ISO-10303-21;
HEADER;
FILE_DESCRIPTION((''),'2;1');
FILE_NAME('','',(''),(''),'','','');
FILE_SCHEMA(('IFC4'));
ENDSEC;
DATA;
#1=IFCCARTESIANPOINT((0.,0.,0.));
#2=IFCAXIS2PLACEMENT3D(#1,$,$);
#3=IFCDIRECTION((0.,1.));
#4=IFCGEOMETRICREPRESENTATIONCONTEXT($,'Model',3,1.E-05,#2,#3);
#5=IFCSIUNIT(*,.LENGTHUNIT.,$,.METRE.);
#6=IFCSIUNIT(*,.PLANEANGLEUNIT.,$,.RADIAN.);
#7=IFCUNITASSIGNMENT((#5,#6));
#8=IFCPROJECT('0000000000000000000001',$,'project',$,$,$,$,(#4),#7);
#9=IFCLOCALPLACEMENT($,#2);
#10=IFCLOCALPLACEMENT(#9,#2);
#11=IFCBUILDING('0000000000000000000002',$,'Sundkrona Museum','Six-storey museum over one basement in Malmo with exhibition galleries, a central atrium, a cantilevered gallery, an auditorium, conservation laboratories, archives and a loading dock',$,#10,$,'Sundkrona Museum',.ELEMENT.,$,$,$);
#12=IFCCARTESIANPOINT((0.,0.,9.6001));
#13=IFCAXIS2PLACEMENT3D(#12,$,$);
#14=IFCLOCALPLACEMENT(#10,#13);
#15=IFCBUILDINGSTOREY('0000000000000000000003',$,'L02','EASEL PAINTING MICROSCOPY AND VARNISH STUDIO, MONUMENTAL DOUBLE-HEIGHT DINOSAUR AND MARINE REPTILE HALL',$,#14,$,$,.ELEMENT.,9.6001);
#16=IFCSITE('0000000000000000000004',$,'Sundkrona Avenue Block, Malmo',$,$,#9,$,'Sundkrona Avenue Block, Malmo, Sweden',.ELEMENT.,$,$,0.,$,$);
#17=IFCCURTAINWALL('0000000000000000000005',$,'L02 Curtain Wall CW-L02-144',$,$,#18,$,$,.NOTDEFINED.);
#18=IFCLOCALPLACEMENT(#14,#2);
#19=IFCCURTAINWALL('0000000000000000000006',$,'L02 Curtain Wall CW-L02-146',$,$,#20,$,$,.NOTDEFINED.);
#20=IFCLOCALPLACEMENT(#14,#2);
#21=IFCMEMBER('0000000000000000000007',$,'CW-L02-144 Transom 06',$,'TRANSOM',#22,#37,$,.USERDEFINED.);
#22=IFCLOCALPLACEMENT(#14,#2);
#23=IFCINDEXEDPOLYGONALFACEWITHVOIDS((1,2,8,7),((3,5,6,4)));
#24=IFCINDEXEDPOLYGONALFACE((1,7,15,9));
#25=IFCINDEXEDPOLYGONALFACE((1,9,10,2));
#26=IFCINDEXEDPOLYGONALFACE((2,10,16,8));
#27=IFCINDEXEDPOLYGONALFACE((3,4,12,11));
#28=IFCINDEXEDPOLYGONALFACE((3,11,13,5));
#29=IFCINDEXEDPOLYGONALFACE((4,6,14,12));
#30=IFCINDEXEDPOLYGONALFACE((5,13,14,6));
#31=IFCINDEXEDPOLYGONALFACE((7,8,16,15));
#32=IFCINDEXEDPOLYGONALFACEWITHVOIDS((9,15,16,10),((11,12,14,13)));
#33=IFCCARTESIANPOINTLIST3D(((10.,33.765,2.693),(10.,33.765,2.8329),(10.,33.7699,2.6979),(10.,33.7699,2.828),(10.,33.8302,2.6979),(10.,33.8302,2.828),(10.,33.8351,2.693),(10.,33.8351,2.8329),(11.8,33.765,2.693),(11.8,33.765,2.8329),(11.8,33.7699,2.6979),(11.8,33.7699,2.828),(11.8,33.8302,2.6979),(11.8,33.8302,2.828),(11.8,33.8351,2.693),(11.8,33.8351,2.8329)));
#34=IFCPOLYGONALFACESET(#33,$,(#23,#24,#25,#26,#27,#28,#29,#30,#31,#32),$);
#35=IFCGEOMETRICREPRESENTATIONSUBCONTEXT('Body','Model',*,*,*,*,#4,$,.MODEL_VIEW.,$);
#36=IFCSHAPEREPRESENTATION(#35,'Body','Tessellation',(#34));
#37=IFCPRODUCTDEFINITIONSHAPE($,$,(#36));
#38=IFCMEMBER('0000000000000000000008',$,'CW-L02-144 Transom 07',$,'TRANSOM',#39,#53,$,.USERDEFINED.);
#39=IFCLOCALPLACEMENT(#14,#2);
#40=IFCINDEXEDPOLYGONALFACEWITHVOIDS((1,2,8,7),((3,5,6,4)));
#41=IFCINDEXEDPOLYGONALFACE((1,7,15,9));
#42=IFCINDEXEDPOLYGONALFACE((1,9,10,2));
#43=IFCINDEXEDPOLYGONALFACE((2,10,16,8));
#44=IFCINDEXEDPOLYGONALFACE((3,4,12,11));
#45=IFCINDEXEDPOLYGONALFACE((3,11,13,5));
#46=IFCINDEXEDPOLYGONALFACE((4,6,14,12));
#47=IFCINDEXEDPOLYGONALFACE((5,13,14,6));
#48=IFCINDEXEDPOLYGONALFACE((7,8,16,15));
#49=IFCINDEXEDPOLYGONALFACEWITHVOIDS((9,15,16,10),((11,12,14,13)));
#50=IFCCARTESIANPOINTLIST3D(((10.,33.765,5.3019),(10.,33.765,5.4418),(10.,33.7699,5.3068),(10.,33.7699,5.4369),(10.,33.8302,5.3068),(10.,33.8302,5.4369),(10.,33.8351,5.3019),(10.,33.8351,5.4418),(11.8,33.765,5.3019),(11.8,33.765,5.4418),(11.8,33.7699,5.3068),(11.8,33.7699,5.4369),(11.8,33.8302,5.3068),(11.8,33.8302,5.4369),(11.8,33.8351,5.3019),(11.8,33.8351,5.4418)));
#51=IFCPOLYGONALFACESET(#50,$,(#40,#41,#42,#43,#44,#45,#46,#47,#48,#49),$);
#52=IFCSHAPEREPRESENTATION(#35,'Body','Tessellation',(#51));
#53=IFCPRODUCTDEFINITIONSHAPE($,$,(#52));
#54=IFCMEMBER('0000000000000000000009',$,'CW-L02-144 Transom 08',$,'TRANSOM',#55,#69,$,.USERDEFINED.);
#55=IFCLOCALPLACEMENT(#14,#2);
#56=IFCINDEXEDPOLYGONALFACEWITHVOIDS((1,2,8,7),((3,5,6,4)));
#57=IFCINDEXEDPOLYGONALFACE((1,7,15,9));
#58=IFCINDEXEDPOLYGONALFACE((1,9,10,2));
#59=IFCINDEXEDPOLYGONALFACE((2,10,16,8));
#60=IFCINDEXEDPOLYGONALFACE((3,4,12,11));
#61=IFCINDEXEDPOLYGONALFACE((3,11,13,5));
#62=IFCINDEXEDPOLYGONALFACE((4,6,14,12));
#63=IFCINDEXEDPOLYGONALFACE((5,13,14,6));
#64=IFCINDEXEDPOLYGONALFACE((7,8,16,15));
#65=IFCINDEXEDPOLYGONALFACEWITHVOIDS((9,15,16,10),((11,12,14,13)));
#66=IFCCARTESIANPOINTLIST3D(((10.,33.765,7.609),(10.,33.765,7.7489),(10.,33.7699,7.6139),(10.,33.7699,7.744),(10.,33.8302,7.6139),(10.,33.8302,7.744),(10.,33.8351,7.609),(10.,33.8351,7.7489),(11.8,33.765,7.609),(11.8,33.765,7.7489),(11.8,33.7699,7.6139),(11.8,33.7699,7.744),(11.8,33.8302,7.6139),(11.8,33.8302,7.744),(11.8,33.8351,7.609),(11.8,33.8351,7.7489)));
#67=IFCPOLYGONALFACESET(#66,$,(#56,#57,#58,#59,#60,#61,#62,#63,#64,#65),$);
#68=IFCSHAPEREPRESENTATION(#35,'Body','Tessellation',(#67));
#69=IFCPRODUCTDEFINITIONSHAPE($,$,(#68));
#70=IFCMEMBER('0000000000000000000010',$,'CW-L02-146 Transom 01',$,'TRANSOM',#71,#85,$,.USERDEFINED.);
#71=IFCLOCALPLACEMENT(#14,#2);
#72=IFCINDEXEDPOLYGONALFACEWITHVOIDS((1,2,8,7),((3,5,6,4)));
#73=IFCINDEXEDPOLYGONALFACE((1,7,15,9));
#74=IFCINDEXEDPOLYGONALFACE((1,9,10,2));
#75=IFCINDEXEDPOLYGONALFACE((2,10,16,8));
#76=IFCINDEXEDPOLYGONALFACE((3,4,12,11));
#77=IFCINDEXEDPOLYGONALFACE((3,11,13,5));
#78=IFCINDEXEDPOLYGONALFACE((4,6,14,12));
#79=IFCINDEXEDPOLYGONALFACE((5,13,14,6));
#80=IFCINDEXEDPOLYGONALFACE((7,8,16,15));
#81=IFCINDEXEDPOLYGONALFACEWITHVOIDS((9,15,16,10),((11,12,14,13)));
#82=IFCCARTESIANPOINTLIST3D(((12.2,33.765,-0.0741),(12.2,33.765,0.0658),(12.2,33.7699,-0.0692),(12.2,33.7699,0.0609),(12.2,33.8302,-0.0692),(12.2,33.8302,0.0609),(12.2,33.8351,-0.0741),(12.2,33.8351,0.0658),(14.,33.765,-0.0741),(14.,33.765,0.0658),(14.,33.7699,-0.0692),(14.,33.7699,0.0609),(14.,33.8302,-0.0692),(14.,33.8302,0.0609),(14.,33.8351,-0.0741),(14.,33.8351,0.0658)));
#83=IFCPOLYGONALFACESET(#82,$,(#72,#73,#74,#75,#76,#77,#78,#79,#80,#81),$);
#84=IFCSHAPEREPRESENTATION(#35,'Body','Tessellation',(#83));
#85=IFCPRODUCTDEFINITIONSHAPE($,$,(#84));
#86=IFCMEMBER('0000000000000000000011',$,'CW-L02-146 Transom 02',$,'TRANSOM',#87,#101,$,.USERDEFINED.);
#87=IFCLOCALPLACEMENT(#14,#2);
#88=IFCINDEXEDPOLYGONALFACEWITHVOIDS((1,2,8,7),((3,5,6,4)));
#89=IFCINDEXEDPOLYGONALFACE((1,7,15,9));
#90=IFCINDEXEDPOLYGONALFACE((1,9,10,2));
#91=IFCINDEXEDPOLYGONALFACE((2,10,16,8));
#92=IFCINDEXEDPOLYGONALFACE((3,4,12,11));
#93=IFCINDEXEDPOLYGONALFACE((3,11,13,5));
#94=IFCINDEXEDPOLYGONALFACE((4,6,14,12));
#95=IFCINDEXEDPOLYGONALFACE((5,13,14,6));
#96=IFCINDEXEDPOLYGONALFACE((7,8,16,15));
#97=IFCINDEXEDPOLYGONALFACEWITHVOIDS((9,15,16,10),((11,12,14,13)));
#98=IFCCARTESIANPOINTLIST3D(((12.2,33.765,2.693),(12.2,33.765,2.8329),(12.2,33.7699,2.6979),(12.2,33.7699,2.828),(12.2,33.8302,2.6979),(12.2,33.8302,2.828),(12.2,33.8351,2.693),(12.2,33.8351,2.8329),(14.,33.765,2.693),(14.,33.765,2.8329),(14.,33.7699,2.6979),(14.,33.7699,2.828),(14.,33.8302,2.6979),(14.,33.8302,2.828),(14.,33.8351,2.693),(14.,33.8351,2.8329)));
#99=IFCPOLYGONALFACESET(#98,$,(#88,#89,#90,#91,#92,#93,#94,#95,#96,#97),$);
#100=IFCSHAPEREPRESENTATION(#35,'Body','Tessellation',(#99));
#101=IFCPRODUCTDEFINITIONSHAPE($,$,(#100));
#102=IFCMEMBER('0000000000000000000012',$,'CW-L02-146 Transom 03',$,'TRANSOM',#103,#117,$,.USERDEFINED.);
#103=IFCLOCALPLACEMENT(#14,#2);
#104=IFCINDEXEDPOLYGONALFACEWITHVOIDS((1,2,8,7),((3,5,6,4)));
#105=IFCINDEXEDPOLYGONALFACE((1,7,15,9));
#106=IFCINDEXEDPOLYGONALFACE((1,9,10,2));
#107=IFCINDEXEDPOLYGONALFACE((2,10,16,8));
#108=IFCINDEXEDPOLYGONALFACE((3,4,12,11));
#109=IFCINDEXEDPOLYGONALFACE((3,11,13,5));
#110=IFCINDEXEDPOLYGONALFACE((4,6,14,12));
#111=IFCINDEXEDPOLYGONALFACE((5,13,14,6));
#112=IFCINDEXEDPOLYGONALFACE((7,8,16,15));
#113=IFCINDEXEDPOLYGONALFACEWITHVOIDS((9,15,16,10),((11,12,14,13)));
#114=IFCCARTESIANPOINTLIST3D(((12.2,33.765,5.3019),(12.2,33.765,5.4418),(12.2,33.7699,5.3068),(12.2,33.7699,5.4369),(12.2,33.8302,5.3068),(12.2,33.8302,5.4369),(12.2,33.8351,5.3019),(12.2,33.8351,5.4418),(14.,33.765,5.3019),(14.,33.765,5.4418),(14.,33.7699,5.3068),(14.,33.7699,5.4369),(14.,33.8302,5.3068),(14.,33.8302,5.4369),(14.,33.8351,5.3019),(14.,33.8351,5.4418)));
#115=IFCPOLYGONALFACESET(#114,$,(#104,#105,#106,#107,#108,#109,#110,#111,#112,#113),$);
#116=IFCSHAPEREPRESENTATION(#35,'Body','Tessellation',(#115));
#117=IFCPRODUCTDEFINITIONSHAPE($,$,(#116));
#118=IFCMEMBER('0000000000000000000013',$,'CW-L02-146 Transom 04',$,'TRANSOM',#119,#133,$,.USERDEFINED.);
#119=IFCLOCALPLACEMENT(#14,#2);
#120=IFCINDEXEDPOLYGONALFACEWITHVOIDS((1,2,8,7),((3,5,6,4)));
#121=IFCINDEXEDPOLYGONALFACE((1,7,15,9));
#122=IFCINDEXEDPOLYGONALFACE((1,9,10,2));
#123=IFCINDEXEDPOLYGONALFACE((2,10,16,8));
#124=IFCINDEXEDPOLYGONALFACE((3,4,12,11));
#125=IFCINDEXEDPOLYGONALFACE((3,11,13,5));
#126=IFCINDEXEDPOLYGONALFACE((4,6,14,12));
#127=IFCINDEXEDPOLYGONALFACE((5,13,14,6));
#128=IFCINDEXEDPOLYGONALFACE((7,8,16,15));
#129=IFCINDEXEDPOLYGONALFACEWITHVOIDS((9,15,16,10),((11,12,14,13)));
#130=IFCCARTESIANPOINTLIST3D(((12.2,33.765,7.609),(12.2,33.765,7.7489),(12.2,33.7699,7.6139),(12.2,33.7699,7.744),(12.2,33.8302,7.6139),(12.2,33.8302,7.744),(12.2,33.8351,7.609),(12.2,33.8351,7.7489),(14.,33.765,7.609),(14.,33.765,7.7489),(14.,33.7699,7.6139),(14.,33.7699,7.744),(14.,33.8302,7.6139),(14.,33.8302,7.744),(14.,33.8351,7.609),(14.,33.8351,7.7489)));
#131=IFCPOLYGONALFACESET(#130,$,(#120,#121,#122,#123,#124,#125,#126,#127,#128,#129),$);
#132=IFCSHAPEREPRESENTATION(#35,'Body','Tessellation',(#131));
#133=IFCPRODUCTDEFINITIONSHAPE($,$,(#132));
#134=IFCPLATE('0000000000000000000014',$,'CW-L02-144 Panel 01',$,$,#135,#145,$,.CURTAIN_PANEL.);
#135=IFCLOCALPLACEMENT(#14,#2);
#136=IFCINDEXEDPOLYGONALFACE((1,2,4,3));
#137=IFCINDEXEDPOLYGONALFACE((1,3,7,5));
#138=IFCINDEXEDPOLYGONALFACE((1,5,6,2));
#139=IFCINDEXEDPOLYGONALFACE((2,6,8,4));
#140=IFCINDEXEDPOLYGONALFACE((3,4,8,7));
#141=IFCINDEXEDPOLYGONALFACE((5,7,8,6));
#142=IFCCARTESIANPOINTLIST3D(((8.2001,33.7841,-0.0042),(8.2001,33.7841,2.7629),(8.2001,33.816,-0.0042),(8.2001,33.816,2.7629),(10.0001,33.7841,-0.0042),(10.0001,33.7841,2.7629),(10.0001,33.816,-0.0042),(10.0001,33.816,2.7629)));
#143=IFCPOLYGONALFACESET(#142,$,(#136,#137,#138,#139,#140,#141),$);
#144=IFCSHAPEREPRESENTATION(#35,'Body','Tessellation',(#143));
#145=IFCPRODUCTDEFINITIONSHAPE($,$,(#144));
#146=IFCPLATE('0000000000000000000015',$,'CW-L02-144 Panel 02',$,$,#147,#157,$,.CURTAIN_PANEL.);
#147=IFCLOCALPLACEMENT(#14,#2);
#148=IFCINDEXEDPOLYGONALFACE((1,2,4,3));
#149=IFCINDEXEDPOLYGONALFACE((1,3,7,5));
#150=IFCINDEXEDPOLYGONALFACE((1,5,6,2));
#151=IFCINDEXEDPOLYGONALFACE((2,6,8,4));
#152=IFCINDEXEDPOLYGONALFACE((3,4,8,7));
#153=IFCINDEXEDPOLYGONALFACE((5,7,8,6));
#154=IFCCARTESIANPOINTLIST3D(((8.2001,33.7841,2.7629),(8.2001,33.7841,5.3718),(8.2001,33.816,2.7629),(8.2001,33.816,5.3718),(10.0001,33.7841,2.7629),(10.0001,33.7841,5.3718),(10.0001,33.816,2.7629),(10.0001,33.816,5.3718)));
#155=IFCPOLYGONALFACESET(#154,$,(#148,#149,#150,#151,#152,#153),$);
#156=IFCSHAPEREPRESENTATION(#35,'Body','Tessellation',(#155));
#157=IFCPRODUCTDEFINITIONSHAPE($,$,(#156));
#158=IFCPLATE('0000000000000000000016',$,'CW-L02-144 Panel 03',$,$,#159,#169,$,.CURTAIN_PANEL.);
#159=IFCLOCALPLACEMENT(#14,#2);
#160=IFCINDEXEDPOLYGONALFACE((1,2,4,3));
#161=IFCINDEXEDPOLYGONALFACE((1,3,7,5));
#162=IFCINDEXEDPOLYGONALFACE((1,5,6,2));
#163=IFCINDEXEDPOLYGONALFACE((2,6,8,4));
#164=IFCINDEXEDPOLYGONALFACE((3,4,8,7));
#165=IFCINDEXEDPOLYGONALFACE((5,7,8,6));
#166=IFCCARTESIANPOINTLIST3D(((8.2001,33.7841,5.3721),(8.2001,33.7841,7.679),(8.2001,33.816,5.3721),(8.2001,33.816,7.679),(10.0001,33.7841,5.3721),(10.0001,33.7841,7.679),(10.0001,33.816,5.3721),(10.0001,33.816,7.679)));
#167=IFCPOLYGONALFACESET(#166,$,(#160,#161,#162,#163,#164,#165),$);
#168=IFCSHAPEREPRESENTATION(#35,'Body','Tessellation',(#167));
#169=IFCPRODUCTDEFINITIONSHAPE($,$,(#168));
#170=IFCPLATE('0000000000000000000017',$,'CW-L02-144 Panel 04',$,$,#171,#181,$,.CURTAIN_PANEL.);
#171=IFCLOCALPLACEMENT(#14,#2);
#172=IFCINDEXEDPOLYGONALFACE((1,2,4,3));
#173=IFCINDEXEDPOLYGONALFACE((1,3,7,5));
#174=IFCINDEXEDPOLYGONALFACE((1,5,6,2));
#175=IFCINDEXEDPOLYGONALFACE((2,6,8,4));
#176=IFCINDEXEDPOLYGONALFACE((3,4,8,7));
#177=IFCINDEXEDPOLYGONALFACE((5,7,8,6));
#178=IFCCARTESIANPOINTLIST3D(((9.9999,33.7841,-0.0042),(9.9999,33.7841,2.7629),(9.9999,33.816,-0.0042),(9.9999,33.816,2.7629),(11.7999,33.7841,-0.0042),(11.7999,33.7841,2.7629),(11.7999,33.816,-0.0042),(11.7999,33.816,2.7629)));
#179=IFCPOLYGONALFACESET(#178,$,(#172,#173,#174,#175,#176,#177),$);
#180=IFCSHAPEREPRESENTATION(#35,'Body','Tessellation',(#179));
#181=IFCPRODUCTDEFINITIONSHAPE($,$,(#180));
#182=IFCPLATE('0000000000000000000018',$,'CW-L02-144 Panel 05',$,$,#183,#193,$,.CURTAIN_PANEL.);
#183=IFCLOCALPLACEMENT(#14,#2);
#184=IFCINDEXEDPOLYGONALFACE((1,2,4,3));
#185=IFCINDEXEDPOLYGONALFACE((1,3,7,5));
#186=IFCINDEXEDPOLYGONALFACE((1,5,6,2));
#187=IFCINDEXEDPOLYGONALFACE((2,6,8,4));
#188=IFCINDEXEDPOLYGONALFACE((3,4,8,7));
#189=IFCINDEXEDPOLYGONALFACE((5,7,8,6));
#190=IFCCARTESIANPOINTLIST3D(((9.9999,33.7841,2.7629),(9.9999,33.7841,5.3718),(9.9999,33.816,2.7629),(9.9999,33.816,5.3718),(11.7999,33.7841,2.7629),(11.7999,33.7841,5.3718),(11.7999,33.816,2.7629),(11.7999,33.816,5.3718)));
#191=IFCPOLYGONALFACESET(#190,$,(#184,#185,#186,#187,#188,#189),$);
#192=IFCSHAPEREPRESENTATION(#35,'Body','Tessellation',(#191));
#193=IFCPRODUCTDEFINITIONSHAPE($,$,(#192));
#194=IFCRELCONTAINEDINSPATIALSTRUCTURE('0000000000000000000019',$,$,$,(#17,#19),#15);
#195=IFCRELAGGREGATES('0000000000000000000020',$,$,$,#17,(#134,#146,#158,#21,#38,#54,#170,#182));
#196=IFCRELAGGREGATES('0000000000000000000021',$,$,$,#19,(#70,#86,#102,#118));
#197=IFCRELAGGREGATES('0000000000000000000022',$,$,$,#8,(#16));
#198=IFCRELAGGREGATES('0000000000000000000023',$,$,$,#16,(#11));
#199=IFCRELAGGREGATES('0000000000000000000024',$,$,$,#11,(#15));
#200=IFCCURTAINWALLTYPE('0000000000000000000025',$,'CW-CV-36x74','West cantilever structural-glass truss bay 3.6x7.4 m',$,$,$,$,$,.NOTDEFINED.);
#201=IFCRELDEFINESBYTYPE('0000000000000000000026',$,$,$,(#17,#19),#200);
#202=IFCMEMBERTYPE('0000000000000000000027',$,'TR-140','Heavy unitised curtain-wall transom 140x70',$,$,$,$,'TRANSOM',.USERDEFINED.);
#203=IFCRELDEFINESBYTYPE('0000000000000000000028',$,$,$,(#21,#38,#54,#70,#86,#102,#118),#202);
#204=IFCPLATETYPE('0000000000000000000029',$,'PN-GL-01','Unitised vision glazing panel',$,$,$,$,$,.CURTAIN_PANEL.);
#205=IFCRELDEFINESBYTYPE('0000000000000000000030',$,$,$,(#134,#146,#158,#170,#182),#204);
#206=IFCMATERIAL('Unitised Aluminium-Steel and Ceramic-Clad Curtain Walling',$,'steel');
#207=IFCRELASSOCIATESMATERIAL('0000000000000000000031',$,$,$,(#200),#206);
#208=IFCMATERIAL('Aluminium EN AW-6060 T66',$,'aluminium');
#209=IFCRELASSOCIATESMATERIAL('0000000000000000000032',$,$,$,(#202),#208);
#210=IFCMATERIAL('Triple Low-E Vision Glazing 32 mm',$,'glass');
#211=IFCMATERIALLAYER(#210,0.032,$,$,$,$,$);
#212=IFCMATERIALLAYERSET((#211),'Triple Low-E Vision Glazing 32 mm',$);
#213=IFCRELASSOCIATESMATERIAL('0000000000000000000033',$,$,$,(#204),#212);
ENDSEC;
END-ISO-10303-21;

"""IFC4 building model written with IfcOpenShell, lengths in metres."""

from ifc_helpers import new_model, si_unit, direction, frame, origin, origin_2d, place, context, subcontext, project, spatial, rectangle, hollow_rectangle, extrude, material, layer, layer_set, material_profile, profile_set, type_object, element, aggregate, save


model = new_model("IFC4")

# Units and contexts
model_context = context("Model", 3, precision=1e-05, world=origin(), true_north=direction((0.0, 1.0)))
body_context = subcontext(model_context, "Body", "Model", "MODEL_VIEW")
ifc_project = project(units=[si_unit("LENGTHUNIT", "METRE"), si_unit("PLANEANGLEUNIT", "RADIAN")], contexts=[model_context])

# Site, building, storey
site_placement = place(None, origin())
site = spatial("IfcSite", under=ifc_project, at=site_placement, Name="Sundkrona Avenue Block, Malmo", LongName="Sundkrona Avenue Block, Malmo, Sweden", CompositionType="ELEMENT", RefElevation=0.0)
building_placement = place(site_placement, origin())
building = spatial("IfcBuilding", under=site, at=building_placement, Name="Sundkrona Museum", Description="Six-storey museum over one basement in Malmo with exhibition galleries, a central atrium, a cantilevered gallery, an auditorium, conservation laboratories, archives and a loading dock", LongName="Sundkrona Museum", CompositionType="ELEMENT")
storey_placement = place(building_placement, frame((0.0, 0.0, 9.6001)))
storey = spatial("IfcBuildingStorey", under=building, at=storey_placement, Name="L02", Description="EASEL PAINTING MICROSCOPY AND VARNISH STUDIO, MONUMENTAL DOUBLE-HEIGHT DINOSAUR AND MARINE REPTILE HALL", CompositionType="ELEMENT", Elevation=9.6001)

# Curtain wall
ifc_material_1 = material(Name="Unitised Aluminium-Steel and Ceramic-Clad Curtain Walling", Category="steel")
curtain_wall_type = type_object("IfcCurtainWallType", Name="CW-CV-36x74", Description="West cantilever structural-glass truss bay 3.6x7.4 m", PredefinedType="NOTDEFINED", material=ifc_material_1)
curtain_wall_1_placement = place(storey_placement, origin())
curtain_wall_1 = element("IfcCurtainWall", 1, at=curtain_wall_1_placement, inside=storey, type_object=curtain_wall_type, Name="L02 Curtain Wall CW-L02-144", PredefinedType="NOTDEFINED")
ifc_material_2 = material(Name="Aluminium EN AW-6060 T66", Category="aluminium")

# Curtain wall
curtain_wall_2_placement = place(storey_placement, origin())
curtain_wall_2 = element("IfcCurtainWall", 2, at=curtain_wall_2_placement, inside=storey, type_object=curtain_wall_type, Name="L02 Curtain Wall CW-L02-146", PredefinedType="NOTDEFINED")

# Members
ifc_material_profile_1 = material_profile(ifc_material_2, hollow_rectangle(XDim=0.0701, YDim=0.1399, WallThickness=0.0049, at=origin_2d()), Name="RHS 140x70x5.0")
ifc_profile_set_1 = profile_set([ifc_material_profile_1], Name="Aluminium EN AW-6060 T66")
member_type_1 = type_object("IfcMemberType", Name="TR-140", Description="Heavy unitised curtain-wall transom 140x70", ElementType="TRANSOM", PredefinedType="USERDEFINED", material=ifc_profile_set_1)
member_1_placement = place(storey_placement, frame((10.0, 33.8, 2.7629), z_axis=(1.0, 0.0, 0.0), x_axis=(0.0, 1.0, 0.0)))
member_1 = element("IfcMember", 3, at=member_1_placement, type_object=member_type_1, Name="CW-L02-144 Transom 06", ObjectType="TRANSOM", PredefinedType="USERDEFINED", context=body_context, shape_type="SweptSolid", body=[
    extrude(hollow_rectangle(XDim=0.0701, YDim=0.1399, WallThickness=0.0049, at=origin_2d()), origin(), (0.0, 0.0, 1.0), 1.8),
])
member_2_placement = place(storey_placement, frame((10.0, 33.8, 5.3718), z_axis=(1.0, 0.0, 0.0), x_axis=(0.0, 1.0, 0.0)))
member_2 = element("IfcMember", 4, at=member_2_placement, type_object=member_type_1, Name="CW-L02-144 Transom 07", ObjectType="TRANSOM", PredefinedType="USERDEFINED", context=body_context, shape_type="SweptSolid", body=[
    extrude(hollow_rectangle(XDim=0.0701, YDim=0.1399, WallThickness=0.0049, at=origin_2d()), origin(), (0.0, 0.0, 1.0), 1.8),
])
member_3_placement = place(storey_placement, frame((10.0, 33.8, 7.679), z_axis=(1.0, 0.0, 0.0), x_axis=(0.0, 1.0, 0.0)))
member_3 = element("IfcMember", 5, at=member_3_placement, type_object=member_type_1, Name="CW-L02-144 Transom 08", ObjectType="TRANSOM", PredefinedType="USERDEFINED", context=body_context, shape_type="SweptSolid", body=[
    extrude(hollow_rectangle(XDim=0.0701, YDim=0.1399, WallThickness=0.0049, at=origin_2d()), origin(), (0.0, 0.0, 1.0), 1.8),
])
member_4_placement = place(storey_placement, frame((12.2, 33.8, -0.0042), z_axis=(1.0, 0.0, 0.0), x_axis=(0.0, 1.0, 0.0)))
member_4 = element("IfcMember", 6, at=member_4_placement, type_object=member_type_1, Name="CW-L02-146 Transom 01", ObjectType="TRANSOM", PredefinedType="USERDEFINED", context=body_context, shape_type="SweptSolid", body=[
    extrude(hollow_rectangle(XDim=0.0701, YDim=0.1399, WallThickness=0.0049, at=origin_2d()), origin(), (0.0, 0.0, 1.0), 1.8),
])
member_5_placement = place(storey_placement, frame((12.2, 33.8, 2.7629), z_axis=(1.0, 0.0, 0.0), x_axis=(0.0, 1.0, 0.0)))
member_5 = element("IfcMember", 7, at=member_5_placement, type_object=member_type_1, Name="CW-L02-146 Transom 02", ObjectType="TRANSOM", PredefinedType="USERDEFINED", context=body_context, shape_type="SweptSolid", body=[
    extrude(hollow_rectangle(XDim=0.0701, YDim=0.1399, WallThickness=0.0049, at=origin_2d()), origin(), (0.0, 0.0, 1.0), 1.8),
])
member_6_placement = place(storey_placement, frame((12.2, 33.8, 5.3718), z_axis=(1.0, 0.0, 0.0), x_axis=(0.0, 1.0, 0.0)))
member_6 = element("IfcMember", 8, at=member_6_placement, type_object=member_type_1, Name="CW-L02-146 Transom 03", ObjectType="TRANSOM", PredefinedType="USERDEFINED", context=body_context, shape_type="SweptSolid", body=[
    extrude(hollow_rectangle(XDim=0.0701, YDim=0.1399, WallThickness=0.0049, at=origin_2d()), origin(), (0.0, 0.0, 1.0), 1.8),
])
member_7_placement = place(storey_placement, frame((12.2, 33.8, 7.679), z_axis=(1.0, 0.0, 0.0), x_axis=(0.0, 1.0, 0.0)))
member_7 = element("IfcMember", 9, at=member_7_placement, type_object=member_type_1, Name="CW-L02-146 Transom 04", ObjectType="TRANSOM", PredefinedType="USERDEFINED", context=body_context, shape_type="SweptSolid", body=[
    extrude(hollow_rectangle(XDim=0.0701, YDim=0.1399, WallThickness=0.0049, at=origin_2d()), origin(), (0.0, 0.0, 1.0), 1.8),
])

# Plates
ifc_material_3 = material(Name="Triple Low-E Vision Glazing 32 mm", Category="glass")
ifc_layer = layer(ifc_material_3, 0.032)
ifc_layer_set = layer_set([ifc_layer], Name="Triple Low-E Vision Glazing 32 mm")
plate_type = type_object("IfcPlateType", Name="PN-GL-01", Description="Unitised vision glazing panel", PredefinedType="CURTAIN_PANEL", material=ifc_layer_set)
plate_1_placement = place(storey_placement, frame((9.1001, 33.8, -0.0042), z_axis=(0.0, 0.0, 1.0), x_axis=(1.0, 0.0, 0.0)))
plate_1 = element("IfcPlate", 10, at=plate_1_placement, type_object=plate_type, Name="CW-L02-144 Panel 01", PredefinedType="CURTAIN_PANEL", context=body_context, shape_type="SweptSolid", body=[
    extrude(rectangle(XDim=1.8, YDim=0.032, at=origin_2d()), origin(), (0.0, 0.0, 1.0), 2.7671),
])
plate_2_placement = place(storey_placement, frame((9.1001, 33.8, 2.7629), z_axis=(0.0, 0.0, 1.0), x_axis=(1.0, 0.0, 0.0)))
plate_2 = element("IfcPlate", 11, at=plate_2_placement, type_object=plate_type, Name="CW-L02-144 Panel 02", PredefinedType="CURTAIN_PANEL", context=body_context, shape_type="SweptSolid", body=[
    extrude(rectangle(XDim=1.8, YDim=0.032, at=origin_2d()), origin(), (0.0, 0.0, 1.0), 2.6089),
])
plate_3_placement = place(storey_placement, frame((9.1001, 33.8, 5.3721), z_axis=(0.0, 0.0, 1.0), x_axis=(1.0, 0.0, 0.0)))
plate_3 = element("IfcPlate", 12, at=plate_3_placement, type_object=plate_type, Name="CW-L02-144 Panel 03", PredefinedType="CURTAIN_PANEL", context=body_context, shape_type="SweptSolid", body=[
    extrude(rectangle(XDim=1.8, YDim=0.032, at=origin_2d()), origin(), (0.0, 0.0, 1.0), 2.3069),
])
plate_4_placement = place(storey_placement, frame((10.8999, 33.8, -0.0042), z_axis=(0.0, 0.0, 1.0), x_axis=(1.0, 0.0, 0.0)))
plate_4 = element("IfcPlate", 13, at=plate_4_placement, type_object=plate_type, Name="CW-L02-144 Panel 04", PredefinedType="CURTAIN_PANEL", context=body_context, shape_type="SweptSolid", body=[
    extrude(rectangle(XDim=1.8, YDim=0.032, at=origin_2d()), origin(), (0.0, 0.0, 1.0), 2.7671),
])
plate_5_placement = place(storey_placement, frame((10.8999, 33.8, 2.7629), z_axis=(0.0, 0.0, 1.0), x_axis=(1.0, 0.0, 0.0)))
plate_5 = element("IfcPlate", 14, at=plate_5_placement, type_object=plate_type, Name="CW-L02-144 Panel 05", PredefinedType="CURTAIN_PANEL", context=body_context, shape_type="SweptSolid", body=[
    extrude(rectangle(XDim=1.8, YDim=0.032, at=origin_2d()), origin(), (0.0, 0.0, 1.0), 2.6089),
])
aggregate(curtain_wall_1, [plate_1, plate_2, plate_3, member_1, member_2, member_3, plate_4, plate_5])
aggregate(curtain_wall_2, [member_4, member_5, member_6, member_7])

save(model, "model.ifc")
